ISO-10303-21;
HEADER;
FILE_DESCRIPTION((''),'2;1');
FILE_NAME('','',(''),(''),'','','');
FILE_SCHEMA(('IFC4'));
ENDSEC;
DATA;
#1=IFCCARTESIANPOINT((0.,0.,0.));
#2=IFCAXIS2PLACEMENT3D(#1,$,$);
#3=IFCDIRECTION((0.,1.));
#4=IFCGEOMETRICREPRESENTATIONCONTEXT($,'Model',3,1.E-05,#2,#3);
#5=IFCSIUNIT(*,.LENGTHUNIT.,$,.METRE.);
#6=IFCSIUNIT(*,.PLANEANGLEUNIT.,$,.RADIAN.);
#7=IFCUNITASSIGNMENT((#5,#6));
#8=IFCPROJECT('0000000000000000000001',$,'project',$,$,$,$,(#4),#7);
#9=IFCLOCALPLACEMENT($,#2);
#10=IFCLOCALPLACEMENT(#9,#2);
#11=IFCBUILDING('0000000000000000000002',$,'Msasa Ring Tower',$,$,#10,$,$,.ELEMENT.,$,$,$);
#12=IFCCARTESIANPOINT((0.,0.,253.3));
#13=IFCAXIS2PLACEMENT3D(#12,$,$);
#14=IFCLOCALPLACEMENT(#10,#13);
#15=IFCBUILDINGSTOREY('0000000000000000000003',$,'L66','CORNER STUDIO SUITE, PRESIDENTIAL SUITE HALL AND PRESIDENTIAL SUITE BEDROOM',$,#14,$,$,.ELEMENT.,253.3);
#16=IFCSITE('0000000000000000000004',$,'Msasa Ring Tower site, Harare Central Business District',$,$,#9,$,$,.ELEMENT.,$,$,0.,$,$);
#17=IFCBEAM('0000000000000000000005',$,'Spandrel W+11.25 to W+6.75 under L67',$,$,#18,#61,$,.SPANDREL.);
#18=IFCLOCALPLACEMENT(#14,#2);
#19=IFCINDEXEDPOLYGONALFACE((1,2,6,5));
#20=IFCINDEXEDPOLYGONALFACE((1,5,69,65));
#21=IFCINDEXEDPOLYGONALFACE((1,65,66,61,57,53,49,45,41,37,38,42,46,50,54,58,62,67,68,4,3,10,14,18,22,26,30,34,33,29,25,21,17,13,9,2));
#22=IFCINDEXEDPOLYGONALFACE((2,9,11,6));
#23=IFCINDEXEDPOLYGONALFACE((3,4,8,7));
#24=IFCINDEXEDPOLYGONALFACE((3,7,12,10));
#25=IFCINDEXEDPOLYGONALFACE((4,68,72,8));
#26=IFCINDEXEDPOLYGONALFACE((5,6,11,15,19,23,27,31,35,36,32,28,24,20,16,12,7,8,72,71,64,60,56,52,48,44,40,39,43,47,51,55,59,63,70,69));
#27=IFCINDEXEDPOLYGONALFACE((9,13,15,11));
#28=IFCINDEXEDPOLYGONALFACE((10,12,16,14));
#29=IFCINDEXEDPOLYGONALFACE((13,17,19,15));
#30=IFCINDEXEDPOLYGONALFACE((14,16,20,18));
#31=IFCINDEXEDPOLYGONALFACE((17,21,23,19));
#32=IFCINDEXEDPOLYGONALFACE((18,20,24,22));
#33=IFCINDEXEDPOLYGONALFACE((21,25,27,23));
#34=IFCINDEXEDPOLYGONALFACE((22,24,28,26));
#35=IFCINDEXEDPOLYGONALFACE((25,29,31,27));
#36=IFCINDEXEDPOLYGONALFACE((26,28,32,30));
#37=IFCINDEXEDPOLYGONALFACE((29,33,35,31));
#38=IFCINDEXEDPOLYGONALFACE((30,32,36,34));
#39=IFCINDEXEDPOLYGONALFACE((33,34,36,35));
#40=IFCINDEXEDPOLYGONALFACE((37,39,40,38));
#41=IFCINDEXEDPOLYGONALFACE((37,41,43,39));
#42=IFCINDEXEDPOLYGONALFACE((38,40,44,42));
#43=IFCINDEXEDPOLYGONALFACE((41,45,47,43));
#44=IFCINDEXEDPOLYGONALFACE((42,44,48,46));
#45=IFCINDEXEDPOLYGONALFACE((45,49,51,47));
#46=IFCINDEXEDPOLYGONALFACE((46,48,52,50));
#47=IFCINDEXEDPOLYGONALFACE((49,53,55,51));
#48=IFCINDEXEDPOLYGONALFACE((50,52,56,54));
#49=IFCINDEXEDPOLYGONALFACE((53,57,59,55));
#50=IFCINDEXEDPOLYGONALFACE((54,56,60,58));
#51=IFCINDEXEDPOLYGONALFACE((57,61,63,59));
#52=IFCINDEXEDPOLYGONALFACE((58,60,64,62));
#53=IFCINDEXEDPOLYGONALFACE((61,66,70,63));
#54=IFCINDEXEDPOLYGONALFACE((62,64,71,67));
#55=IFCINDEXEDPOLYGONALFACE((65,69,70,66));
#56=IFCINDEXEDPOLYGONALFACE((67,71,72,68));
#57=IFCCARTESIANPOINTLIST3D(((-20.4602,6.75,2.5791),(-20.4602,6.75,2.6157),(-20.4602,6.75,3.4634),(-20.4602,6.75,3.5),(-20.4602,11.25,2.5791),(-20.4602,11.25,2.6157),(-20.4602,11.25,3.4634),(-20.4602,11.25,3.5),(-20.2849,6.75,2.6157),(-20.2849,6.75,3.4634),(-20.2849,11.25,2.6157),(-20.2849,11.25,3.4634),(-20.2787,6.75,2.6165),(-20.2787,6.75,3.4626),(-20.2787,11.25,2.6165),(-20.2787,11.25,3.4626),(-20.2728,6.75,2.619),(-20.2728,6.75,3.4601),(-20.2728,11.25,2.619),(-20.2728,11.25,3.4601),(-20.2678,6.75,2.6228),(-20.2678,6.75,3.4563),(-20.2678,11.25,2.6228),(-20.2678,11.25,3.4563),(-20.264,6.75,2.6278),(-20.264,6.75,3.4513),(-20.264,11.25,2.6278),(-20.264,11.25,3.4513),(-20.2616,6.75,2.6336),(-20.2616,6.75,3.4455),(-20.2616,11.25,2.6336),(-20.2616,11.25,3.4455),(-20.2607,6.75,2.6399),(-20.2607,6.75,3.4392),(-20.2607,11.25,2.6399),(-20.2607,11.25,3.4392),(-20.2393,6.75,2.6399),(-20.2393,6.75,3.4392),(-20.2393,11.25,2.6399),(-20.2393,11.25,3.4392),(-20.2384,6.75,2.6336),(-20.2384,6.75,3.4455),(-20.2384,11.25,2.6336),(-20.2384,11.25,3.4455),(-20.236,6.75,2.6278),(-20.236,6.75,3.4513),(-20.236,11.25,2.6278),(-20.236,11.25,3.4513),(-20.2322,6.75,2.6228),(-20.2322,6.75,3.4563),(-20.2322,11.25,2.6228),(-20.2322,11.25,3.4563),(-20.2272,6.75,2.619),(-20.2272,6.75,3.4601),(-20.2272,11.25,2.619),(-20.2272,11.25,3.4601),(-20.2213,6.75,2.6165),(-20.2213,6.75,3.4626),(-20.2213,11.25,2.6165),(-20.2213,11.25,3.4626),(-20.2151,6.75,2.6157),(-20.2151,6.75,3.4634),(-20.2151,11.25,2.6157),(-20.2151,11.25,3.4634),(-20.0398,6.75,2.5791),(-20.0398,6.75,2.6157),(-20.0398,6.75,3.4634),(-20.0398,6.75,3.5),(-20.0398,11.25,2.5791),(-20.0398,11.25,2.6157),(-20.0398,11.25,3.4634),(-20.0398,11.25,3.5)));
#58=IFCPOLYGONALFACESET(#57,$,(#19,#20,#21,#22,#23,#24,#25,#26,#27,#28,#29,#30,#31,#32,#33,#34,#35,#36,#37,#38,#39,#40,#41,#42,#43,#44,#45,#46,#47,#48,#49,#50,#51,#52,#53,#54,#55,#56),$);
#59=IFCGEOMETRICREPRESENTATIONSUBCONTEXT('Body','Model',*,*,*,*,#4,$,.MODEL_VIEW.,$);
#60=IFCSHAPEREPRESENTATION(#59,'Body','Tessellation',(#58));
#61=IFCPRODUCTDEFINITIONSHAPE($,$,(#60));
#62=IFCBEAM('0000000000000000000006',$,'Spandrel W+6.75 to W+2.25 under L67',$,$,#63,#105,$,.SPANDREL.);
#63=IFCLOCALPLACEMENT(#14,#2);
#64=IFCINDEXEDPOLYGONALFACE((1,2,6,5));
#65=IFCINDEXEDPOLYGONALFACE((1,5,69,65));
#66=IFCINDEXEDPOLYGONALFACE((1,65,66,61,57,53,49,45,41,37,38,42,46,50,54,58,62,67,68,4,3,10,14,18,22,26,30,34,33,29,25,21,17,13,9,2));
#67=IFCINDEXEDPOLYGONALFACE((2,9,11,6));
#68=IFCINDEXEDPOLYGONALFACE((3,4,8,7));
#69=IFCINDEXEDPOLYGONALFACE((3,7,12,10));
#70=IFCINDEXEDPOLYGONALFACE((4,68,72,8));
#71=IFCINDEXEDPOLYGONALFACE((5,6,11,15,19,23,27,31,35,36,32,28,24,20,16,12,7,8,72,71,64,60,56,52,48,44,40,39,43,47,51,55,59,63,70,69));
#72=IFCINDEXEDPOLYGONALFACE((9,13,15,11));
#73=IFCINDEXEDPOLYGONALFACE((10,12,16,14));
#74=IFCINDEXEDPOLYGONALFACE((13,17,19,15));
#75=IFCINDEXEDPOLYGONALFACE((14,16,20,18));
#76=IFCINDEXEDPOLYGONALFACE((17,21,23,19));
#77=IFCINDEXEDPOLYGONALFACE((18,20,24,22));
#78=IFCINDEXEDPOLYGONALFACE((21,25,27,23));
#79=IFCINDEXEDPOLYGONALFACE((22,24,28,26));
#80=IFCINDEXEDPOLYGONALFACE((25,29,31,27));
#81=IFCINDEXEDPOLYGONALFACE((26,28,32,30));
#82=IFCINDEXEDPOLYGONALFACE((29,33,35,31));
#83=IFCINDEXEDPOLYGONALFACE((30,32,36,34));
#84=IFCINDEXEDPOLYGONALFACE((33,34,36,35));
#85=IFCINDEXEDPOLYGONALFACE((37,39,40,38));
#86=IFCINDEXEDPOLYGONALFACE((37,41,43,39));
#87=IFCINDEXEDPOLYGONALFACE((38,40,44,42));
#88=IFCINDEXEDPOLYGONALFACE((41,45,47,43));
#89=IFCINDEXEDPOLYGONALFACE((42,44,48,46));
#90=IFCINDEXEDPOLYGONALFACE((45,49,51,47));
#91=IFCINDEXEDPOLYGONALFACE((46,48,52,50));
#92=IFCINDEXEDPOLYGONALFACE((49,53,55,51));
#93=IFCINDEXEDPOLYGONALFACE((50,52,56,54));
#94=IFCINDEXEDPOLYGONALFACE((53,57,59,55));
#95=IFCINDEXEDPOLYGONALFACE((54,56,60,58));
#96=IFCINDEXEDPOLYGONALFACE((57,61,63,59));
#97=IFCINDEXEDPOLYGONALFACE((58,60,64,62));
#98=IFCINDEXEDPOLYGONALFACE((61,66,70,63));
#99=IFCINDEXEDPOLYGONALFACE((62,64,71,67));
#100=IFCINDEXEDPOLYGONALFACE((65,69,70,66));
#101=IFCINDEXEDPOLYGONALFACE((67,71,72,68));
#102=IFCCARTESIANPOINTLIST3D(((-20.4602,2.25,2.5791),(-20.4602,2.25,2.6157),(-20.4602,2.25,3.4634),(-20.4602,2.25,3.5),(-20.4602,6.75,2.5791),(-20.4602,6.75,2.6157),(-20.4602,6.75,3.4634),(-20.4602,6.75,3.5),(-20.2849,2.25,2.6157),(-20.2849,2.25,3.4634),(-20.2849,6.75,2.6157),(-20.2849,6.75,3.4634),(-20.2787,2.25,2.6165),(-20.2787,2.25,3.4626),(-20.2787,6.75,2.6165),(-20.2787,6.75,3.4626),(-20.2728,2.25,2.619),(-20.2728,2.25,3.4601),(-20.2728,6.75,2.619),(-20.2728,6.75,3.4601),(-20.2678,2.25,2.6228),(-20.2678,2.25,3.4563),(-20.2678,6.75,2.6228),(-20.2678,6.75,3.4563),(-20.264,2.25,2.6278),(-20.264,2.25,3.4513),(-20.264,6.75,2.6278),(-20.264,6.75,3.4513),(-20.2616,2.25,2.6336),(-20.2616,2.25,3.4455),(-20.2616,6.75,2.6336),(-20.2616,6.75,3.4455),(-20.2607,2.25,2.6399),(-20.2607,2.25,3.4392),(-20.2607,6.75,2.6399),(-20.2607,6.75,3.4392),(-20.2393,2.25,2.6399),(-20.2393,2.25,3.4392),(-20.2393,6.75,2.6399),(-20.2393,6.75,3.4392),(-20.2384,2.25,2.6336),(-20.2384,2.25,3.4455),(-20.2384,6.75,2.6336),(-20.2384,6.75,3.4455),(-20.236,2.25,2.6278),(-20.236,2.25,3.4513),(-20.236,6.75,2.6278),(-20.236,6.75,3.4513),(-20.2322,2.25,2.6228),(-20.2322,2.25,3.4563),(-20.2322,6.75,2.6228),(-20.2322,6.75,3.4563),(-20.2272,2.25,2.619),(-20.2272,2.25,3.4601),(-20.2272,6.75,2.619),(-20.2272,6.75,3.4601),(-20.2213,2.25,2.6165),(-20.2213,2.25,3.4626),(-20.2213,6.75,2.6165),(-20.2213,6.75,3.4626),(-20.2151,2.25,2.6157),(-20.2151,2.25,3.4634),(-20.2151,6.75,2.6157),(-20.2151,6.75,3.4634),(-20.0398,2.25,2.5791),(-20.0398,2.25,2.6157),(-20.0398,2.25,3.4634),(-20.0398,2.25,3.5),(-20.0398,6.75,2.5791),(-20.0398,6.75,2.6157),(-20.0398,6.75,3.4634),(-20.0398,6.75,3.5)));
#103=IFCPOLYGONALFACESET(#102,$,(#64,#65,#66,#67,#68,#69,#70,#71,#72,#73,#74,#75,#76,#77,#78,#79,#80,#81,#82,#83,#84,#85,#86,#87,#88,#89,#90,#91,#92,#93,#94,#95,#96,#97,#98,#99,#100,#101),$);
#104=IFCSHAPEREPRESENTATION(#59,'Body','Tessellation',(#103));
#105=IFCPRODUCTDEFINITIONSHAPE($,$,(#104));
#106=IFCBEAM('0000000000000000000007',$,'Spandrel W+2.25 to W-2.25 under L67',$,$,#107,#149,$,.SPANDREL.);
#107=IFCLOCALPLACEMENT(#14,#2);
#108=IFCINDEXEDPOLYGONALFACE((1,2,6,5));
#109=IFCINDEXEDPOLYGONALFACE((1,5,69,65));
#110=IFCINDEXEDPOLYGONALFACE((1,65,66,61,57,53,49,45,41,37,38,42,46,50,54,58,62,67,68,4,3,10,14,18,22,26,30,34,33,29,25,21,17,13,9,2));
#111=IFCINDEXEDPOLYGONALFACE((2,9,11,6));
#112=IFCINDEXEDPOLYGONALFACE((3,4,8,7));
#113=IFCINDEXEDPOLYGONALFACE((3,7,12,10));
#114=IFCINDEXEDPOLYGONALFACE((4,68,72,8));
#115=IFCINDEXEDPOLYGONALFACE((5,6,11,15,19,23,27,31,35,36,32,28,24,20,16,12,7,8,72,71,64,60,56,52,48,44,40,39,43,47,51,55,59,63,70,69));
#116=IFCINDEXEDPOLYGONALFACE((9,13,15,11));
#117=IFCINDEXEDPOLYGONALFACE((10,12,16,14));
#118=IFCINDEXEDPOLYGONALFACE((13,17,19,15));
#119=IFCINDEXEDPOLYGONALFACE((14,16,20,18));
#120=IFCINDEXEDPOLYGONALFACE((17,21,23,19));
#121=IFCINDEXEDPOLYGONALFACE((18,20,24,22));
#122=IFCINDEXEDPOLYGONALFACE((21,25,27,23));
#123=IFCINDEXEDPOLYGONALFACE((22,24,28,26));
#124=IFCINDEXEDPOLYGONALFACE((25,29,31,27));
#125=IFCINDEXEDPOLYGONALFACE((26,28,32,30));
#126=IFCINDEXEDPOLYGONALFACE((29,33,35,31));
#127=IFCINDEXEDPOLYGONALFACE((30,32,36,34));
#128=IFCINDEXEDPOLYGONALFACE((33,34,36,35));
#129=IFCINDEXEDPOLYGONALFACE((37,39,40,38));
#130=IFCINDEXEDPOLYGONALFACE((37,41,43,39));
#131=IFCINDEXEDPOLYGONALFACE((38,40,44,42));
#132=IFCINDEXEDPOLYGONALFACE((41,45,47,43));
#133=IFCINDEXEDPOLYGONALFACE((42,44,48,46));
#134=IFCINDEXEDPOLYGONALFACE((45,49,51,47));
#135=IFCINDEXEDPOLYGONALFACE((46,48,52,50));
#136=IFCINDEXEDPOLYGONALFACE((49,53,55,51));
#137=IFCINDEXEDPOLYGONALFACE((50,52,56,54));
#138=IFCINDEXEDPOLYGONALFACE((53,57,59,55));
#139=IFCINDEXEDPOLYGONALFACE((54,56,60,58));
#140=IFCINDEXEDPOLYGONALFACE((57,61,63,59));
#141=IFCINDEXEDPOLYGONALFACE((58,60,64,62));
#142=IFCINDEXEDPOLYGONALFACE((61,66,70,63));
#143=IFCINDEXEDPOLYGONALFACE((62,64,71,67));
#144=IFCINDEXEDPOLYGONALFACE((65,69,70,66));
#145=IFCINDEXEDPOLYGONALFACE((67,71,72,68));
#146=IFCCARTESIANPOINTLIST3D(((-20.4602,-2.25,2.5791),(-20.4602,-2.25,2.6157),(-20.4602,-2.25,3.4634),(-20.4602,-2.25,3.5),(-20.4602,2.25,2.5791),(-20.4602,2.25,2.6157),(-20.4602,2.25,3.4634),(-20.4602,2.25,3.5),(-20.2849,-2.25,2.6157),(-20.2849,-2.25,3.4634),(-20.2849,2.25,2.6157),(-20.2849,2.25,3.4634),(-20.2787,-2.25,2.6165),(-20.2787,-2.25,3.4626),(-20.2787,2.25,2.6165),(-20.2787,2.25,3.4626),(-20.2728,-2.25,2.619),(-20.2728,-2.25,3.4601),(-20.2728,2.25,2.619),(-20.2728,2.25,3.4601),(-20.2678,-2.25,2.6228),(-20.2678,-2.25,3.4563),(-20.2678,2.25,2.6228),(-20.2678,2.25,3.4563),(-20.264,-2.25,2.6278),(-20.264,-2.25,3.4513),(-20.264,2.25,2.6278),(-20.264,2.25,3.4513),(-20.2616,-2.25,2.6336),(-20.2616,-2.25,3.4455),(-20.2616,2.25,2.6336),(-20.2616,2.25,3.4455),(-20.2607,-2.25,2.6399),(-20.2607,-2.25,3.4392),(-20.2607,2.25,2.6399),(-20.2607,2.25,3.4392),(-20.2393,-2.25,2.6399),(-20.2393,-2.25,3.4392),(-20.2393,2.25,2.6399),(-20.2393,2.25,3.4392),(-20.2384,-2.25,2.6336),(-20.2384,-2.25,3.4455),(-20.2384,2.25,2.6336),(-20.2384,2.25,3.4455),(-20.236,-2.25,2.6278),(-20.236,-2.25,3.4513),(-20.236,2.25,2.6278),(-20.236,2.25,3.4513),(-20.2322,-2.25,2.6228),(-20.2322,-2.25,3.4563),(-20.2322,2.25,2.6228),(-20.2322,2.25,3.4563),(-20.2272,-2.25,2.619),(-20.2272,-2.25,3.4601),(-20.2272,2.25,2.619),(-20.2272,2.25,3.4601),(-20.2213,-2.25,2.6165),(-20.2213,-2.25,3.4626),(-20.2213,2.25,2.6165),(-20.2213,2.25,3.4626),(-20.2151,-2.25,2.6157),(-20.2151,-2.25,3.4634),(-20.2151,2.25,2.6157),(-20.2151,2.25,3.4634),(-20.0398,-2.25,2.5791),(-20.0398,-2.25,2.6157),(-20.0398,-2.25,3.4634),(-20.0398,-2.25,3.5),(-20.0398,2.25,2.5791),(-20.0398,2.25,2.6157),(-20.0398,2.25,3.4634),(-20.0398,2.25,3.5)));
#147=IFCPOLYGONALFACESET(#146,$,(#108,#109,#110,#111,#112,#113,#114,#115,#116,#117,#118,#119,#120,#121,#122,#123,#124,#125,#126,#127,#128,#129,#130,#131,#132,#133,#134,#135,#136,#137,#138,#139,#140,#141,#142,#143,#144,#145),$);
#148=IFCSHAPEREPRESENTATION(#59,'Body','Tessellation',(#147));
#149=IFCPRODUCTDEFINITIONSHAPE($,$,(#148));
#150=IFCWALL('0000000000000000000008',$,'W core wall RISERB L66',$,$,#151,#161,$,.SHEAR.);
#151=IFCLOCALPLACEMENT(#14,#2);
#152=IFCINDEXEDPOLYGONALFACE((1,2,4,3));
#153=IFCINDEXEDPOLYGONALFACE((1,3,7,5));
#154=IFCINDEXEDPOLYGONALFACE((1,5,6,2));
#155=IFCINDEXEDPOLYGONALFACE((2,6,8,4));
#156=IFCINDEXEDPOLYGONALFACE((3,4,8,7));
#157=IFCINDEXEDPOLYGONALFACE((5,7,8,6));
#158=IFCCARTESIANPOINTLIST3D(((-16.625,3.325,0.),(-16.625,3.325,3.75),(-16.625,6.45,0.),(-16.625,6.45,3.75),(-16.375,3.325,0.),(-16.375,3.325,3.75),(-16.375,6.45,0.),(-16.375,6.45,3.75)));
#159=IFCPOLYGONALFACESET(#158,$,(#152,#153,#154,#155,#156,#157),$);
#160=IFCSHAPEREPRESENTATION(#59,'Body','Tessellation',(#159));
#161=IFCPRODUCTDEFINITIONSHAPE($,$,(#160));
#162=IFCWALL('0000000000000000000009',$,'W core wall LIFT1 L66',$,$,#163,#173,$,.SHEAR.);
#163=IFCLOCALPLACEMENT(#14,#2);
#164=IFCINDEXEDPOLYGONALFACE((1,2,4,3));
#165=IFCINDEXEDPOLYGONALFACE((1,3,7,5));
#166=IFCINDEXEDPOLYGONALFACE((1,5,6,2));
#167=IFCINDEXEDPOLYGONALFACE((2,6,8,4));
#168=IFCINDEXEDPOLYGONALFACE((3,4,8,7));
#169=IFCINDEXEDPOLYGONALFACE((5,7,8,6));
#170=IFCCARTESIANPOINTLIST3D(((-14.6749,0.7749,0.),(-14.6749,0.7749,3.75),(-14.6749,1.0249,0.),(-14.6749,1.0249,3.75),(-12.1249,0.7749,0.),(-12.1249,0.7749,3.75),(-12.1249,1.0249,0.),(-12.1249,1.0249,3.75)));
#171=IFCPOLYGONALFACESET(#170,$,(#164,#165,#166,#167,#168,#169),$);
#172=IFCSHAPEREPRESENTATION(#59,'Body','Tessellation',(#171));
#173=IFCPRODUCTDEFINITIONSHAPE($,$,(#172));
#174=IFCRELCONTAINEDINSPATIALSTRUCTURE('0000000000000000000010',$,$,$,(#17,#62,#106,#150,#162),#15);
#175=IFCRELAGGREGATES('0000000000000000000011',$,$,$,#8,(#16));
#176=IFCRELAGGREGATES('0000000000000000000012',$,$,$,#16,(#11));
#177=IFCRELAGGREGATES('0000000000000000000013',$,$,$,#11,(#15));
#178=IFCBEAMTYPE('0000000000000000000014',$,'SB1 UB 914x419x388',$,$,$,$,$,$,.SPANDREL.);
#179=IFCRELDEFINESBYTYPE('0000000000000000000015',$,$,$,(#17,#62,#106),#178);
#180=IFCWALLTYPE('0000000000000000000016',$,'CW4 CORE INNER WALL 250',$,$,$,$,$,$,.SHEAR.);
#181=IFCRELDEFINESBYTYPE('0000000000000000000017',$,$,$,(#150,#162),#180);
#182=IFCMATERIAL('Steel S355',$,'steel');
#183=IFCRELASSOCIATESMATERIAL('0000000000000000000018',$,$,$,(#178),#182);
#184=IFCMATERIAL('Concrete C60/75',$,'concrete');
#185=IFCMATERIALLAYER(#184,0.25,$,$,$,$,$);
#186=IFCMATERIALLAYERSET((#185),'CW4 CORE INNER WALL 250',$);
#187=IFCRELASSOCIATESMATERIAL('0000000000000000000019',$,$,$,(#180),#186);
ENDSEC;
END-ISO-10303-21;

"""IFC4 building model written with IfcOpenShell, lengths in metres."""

from ifc_helpers import new_model, si_unit, direction, frame, frame_2d, origin, origin_2d, place, context, subcontext, project, spatial, rectangle, i_section, extrude, material, layer, layer_set, material_profile, profile_set, type_object, element, save


model = new_model("IFC4")

# Units and contexts
model_context = context("Model", 3, precision=1e-05, world=origin(), true_north=direction((0.0, 1.0)))
body_context = subcontext(model_context, "Body", "Model", "MODEL_VIEW")
ifc_project = project(units=[si_unit("LENGTHUNIT", "METRE"), si_unit("PLANEANGLEUNIT", "RADIAN")], contexts=[model_context])

# Site, building, storey
site_placement = place(None, origin())
site = spatial("IfcSite", under=ifc_project, at=site_placement, Name="Msasa Ring Tower site, Harare Central Business District", CompositionType="ELEMENT", RefElevation=0.0)
building_placement = place(site_placement, origin())
building = spatial("IfcBuilding", under=site, at=building_placement, Name="Msasa Ring Tower", CompositionType="ELEMENT")
storey_placement = place(building_placement, frame((0.0, 0.0, 253.3)))
storey = spatial("IfcBuildingStorey", under=building, at=storey_placement, Name="L66", Description="CORNER STUDIO SUITE, PRESIDENTIAL SUITE HALL AND PRESIDENTIAL SUITE BEDROOM", CompositionType="ELEMENT", Elevation=253.3)

# Beams
ifc_material_1 = material(Name="Steel S355", Category="steel")
ifc_material_profile_1 = material_profile(ifc_material_1, i_section(OverallWidth=0.4204, OverallDepth=0.9209, WebThickness=0.0215, FlangeThickness=0.0366, FilletRadius=0.0242, at=origin_2d()), Name="UB 914x419x388")
ifc_profile_set_1 = profile_set([ifc_material_profile_1], Name="Steel S355")
beam_type_1 = type_object("IfcBeamType", Name="SB1 UB 914x419x388", PredefinedType="SPANDREL", material=ifc_profile_set_1)
for number, where, z_axis, x_axis, name in (
    (1, (-20.25, 11.25, 3.0396), (0.0, -1.0, 0.0), (1.0, 0.0, 0.0), "Spandrel W+11.25 to W+6.75 under L67"),
    (2, (-20.25, 6.75, 3.0396), (0.0, -1.0, 0.0), (1.0, 0.0, 0.0), "Spandrel W+6.75 to W+2.25 under L67"),
    (3, (-20.25, 2.25, 3.0396), (0.0, -1.0, 0.0), (1.0, 0.0, 0.0), "Spandrel W+2.25 to W-2.25 under L67"),
):
    element("IfcBeam", number, at=place(storey_placement, frame(where, z_axis=z_axis, x_axis=x_axis)), inside=storey, type_object=beam_type_1, Name=name, PredefinedType="SPANDREL", context=body_context, shape_type="SweptSolid", body=[
        extrude(i_section(OverallWidth=0.4204, OverallDepth=0.9209, WebThickness=0.0215, FlangeThickness=0.0366, FilletRadius=0.0242, at=origin_2d()), origin(), (0.0, 0.0, 1.0), 4.5),
    ])

# Walls
ifc_material_2 = material(Name="Concrete C60/75", Category="concrete")
ifc_layer_1 = layer(ifc_material_2, 0.25)
ifc_layer_set_1 = layer_set([ifc_layer_1], Name="CW4 CORE INNER WALL 250")
wall_type_1 = type_object("IfcWallType", Name="CW4 CORE INNER WALL 250", PredefinedType="SHEAR", material=ifc_layer_set_1)
wall_1_placement = place(storey_placement, frame((-16.5, 3.325, 0.0), z_axis=(0.0, 0.0, 1.0), x_axis=(0.0, 1.0, 0.0)))
element("IfcWall", 4, at=wall_1_placement, inside=storey, type_object=wall_type_1, Name="W core wall RISERB L66", PredefinedType="SHEAR", context=body_context, shape_type="SweptSolid", body=[
    extrude(rectangle(XDim=3.125, YDim=0.25, at=frame_2d((1.5625, 0.0))), origin(), (0.0, 0.0, 1.0), 3.75),
])
wall_2_placement = place(storey_placement, frame((-12.125, 0.8999, 0.0), z_axis=(0.0, 0.0, 1.0), x_axis=(-1.0, 0.0, 0.0)))
element("IfcWall", 5, at=wall_2_placement, inside=storey, type_object=wall_type_1, Name="W core wall LIFT1 L66", PredefinedType="SHEAR", context=body_context, shape_type="SweptSolid", body=[
    extrude(rectangle(XDim=2.55, YDim=0.25, at=frame_2d((1.2749, 0.0))), origin(), (0.0, 0.0, 1.0), 3.75),
])

save(model, "model.ifc")
